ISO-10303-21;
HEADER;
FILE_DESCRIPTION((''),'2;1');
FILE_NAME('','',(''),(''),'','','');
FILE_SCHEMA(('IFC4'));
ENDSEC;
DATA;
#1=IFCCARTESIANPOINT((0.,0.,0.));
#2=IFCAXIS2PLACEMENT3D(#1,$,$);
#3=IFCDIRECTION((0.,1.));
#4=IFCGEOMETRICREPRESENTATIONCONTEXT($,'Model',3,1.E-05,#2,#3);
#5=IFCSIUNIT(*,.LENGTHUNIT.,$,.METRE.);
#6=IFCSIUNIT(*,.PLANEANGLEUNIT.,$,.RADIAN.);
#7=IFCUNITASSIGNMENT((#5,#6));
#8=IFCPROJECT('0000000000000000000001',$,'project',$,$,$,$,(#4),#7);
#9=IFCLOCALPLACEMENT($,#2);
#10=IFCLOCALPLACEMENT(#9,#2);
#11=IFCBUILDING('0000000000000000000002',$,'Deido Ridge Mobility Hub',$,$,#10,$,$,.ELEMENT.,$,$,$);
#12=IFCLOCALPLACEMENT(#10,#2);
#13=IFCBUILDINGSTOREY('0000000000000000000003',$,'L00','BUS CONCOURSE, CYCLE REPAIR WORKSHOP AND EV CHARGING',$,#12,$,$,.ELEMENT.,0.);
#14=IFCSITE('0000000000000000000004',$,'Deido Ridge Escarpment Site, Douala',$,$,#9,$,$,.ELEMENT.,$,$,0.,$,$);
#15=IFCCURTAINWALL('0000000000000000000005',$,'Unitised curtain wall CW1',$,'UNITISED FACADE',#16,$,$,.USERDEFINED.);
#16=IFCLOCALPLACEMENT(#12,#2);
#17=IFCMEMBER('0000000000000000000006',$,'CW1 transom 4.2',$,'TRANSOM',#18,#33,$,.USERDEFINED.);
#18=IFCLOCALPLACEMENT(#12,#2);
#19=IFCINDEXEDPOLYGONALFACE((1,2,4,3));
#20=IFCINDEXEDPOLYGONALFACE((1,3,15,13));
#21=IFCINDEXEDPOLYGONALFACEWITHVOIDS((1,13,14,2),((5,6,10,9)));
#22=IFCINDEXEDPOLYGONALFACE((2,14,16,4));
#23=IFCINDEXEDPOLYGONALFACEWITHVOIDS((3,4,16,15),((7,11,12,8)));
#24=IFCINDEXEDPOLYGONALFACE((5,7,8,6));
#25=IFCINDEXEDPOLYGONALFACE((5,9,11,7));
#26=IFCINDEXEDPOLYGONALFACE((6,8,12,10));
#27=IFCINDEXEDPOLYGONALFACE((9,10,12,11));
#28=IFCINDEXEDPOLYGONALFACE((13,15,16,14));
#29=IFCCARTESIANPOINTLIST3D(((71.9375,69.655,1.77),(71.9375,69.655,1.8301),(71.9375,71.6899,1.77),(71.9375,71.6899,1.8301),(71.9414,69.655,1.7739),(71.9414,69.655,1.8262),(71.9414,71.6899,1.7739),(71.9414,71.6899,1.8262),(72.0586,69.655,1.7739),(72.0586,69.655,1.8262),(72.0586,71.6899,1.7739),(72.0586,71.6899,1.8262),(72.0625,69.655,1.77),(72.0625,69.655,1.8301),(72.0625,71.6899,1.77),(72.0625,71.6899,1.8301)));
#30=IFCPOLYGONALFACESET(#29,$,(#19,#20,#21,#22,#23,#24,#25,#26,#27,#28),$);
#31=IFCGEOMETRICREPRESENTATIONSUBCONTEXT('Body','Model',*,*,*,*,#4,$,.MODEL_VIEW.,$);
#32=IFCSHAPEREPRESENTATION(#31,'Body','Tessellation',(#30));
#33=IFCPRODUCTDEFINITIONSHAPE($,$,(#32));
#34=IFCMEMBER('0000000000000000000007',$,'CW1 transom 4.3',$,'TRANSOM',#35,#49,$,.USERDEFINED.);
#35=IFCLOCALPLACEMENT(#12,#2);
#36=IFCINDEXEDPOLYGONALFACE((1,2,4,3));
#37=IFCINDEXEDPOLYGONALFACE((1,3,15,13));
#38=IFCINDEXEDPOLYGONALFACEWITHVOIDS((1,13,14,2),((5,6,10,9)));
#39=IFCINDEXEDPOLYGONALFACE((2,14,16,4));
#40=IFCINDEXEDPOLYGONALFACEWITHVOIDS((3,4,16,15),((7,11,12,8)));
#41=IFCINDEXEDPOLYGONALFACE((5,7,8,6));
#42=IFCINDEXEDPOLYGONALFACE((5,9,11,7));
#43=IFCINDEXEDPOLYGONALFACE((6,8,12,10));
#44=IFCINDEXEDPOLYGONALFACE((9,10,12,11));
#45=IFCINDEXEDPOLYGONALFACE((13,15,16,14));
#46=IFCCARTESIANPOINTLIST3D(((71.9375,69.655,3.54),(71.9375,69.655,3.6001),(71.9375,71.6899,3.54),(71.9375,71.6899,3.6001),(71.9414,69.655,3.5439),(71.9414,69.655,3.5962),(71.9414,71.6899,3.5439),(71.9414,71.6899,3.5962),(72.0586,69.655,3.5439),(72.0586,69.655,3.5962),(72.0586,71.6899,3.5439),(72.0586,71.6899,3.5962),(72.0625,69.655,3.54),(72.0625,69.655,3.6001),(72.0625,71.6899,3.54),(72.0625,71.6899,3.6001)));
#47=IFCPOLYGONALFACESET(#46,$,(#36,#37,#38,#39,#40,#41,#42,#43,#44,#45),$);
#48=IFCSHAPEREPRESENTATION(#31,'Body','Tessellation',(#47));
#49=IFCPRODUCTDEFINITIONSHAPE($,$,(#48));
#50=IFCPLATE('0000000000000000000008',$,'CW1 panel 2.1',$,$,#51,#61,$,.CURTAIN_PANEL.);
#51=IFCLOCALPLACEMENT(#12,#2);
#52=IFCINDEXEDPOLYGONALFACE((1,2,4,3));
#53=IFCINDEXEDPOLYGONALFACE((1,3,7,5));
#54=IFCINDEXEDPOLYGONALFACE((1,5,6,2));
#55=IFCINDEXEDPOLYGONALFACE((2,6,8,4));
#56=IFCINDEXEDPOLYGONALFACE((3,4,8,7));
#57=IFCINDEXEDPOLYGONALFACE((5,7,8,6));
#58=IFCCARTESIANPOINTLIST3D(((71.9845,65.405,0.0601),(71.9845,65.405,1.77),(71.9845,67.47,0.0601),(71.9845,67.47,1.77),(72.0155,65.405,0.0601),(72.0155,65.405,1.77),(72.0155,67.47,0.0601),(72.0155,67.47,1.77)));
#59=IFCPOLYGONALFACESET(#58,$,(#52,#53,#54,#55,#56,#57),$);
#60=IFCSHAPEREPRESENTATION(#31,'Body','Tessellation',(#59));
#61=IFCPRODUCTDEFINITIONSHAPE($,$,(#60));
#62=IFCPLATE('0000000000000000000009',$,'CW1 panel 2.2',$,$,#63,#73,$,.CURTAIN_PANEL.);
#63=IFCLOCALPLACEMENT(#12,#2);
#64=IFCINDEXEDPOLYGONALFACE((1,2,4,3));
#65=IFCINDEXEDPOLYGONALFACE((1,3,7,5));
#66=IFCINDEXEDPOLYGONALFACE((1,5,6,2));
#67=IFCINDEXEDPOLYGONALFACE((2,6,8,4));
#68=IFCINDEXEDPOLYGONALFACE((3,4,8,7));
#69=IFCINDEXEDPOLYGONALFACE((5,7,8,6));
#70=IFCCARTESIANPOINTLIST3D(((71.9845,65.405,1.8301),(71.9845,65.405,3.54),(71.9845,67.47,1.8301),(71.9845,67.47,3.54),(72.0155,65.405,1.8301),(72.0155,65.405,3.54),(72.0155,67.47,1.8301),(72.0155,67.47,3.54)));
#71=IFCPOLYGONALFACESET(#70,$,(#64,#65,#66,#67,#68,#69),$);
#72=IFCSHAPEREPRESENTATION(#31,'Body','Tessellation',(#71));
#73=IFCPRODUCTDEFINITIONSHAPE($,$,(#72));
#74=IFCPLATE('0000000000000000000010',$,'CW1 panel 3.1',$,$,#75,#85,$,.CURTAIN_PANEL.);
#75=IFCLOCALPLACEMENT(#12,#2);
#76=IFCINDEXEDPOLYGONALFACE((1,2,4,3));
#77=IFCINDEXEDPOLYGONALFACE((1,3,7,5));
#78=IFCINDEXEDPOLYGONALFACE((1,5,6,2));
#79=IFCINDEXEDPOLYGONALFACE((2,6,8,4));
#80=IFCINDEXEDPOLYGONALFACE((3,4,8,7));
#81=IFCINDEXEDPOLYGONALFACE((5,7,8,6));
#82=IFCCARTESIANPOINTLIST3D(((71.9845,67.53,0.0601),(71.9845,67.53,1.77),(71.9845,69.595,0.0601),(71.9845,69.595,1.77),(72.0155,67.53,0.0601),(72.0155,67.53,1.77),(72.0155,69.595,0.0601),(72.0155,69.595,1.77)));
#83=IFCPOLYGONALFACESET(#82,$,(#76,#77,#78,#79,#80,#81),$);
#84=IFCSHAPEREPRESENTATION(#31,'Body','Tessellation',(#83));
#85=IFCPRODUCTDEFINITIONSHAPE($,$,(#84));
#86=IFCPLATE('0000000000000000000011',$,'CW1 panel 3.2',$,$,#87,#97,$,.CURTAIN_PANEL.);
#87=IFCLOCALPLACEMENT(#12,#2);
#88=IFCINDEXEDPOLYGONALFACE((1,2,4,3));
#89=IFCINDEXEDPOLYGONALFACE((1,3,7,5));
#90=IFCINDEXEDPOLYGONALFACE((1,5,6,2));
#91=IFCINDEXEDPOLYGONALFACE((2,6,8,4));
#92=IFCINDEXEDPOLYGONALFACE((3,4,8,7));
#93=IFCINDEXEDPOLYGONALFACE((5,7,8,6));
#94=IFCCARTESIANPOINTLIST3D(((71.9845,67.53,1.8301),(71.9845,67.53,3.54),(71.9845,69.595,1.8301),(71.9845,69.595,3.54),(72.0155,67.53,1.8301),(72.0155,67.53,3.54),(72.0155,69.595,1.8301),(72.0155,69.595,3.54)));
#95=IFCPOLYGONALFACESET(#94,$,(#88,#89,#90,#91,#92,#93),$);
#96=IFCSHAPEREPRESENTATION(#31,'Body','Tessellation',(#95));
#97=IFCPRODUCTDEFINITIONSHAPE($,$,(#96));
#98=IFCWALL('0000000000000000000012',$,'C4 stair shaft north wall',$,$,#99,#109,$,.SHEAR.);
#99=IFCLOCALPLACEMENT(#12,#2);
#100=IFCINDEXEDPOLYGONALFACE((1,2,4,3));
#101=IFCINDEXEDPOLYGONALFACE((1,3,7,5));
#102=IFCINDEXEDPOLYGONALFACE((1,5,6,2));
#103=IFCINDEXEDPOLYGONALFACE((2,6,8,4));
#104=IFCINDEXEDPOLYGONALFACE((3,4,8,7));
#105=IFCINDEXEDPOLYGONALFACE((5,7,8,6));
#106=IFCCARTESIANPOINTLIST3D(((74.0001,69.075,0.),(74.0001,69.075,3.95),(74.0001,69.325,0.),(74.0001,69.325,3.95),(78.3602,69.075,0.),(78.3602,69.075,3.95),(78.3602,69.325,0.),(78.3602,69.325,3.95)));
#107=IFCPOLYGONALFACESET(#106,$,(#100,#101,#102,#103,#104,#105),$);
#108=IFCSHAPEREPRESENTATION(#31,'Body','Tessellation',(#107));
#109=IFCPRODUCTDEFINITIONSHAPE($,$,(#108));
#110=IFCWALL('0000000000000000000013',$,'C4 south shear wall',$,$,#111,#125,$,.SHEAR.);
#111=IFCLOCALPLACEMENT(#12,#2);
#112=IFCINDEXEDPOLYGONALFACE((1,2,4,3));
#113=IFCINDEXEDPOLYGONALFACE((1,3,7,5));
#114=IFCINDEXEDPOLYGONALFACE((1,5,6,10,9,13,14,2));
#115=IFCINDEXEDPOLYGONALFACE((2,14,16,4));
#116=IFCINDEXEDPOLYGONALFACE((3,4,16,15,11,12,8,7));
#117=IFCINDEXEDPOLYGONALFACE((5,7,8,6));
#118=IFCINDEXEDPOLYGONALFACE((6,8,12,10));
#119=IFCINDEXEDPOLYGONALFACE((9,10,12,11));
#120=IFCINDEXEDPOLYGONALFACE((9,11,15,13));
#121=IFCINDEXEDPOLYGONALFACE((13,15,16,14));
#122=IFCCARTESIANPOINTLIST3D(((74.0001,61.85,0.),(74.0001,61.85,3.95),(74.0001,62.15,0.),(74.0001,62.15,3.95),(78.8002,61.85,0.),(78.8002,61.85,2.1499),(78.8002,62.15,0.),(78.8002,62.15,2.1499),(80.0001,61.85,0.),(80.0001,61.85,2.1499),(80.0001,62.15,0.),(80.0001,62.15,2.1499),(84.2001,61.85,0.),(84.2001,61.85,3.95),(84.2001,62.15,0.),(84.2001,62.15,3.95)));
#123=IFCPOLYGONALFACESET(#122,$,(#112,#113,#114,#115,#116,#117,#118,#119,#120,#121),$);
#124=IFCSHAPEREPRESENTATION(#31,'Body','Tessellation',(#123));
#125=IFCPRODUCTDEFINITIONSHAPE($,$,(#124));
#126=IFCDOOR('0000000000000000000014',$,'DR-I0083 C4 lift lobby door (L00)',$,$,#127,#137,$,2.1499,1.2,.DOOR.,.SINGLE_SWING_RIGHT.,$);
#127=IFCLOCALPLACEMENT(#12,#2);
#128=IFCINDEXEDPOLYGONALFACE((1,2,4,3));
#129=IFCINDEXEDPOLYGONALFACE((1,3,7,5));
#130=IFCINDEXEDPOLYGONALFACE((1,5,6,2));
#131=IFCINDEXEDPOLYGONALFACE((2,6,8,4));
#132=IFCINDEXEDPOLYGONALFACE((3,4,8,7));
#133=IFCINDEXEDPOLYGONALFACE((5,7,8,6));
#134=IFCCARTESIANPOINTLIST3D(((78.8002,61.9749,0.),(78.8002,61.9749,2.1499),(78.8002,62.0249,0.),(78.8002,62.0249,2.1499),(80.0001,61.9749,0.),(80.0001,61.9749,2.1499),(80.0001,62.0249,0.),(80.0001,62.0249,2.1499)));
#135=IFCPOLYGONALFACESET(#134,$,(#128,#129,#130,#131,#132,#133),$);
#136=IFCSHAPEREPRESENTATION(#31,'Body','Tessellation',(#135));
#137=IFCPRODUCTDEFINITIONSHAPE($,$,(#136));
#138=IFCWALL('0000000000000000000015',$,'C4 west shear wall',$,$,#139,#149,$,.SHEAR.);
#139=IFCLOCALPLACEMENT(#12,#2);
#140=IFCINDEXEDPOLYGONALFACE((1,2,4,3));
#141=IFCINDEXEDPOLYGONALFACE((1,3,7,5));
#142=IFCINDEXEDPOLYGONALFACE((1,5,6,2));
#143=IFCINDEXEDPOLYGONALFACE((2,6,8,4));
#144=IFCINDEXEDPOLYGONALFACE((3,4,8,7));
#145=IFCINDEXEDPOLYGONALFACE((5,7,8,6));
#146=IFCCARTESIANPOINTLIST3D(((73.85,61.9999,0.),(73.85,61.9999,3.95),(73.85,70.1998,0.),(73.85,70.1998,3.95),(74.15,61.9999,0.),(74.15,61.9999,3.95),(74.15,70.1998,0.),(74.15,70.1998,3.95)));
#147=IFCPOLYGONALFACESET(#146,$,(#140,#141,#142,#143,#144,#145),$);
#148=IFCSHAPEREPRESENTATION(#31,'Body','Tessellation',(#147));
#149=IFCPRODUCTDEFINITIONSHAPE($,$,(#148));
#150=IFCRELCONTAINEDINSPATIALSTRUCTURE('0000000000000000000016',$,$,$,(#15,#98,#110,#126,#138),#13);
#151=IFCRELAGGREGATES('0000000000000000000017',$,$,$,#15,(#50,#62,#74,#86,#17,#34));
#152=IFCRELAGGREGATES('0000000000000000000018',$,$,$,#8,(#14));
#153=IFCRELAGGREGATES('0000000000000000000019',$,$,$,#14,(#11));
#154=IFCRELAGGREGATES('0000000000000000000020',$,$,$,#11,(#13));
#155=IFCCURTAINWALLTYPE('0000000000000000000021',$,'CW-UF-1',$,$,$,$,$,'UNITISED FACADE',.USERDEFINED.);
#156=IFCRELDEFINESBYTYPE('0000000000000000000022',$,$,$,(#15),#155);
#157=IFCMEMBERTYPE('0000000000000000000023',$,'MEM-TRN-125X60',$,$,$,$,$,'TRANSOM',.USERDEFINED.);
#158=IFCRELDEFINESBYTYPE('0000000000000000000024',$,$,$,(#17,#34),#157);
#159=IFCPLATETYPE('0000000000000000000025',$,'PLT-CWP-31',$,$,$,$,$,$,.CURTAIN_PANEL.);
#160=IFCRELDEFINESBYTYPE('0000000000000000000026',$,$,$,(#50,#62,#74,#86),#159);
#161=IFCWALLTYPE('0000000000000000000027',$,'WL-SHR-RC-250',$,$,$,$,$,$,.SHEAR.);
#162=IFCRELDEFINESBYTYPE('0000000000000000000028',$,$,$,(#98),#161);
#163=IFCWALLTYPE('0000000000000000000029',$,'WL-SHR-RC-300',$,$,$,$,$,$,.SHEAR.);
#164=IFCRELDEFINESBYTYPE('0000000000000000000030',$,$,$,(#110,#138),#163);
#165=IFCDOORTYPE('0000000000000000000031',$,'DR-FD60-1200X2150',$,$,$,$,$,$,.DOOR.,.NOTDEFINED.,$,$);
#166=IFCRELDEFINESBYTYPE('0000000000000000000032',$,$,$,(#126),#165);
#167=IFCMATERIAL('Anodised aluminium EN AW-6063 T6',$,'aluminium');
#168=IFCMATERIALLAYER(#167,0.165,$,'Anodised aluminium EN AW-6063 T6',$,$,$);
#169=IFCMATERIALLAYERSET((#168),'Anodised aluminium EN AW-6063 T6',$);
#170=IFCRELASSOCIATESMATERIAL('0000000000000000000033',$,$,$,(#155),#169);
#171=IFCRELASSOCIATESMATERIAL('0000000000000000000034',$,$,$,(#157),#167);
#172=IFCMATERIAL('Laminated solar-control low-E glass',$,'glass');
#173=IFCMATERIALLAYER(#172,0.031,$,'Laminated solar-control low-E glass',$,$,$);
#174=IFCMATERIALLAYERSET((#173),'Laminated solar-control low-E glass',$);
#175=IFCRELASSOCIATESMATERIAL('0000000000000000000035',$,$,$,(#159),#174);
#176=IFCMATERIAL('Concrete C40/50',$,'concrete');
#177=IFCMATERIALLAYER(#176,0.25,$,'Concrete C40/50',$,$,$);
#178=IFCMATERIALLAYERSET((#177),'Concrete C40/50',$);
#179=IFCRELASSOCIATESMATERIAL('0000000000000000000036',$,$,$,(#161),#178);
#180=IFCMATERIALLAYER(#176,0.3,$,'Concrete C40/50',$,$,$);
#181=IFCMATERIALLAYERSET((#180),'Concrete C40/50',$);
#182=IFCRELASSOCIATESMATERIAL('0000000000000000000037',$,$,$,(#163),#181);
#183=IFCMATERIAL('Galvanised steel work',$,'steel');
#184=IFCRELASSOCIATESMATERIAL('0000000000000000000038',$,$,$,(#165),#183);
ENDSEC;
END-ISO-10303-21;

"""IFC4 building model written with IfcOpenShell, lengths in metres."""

from ifc_helpers import new_model, si_unit, direction, frame, frame_2d, origin, origin_2d, place, context, subcontext, project, spatial, rectangle, hollow_rectangle, extrude, material, layer, layer_set, material_profile, profile_set, type_object, element, fill, aggregate, save


model = new_model("IFC4")

# Units and contexts
model_context = context("Model", 3, precision=1e-05, world=origin(), true_north=direction((0.0, 1.0)))
body_context = subcontext(model_context, "Body", "Model", "MODEL_VIEW")
ifc_project = project(units=[si_unit("LENGTHUNIT", "METRE"), si_unit("PLANEANGLEUNIT", "RADIAN")], contexts=[model_context])

# Site, building, storey
site_placement = place(None, origin())
site = spatial("IfcSite", under=ifc_project, at=site_placement, Name="Deido Ridge Escarpment Site, Douala", CompositionType="ELEMENT", RefElevation=0.0)
building_placement = place(site_placement, origin())
building = spatial("IfcBuilding", under=site, at=building_placement, Name="Deido Ridge Mobility Hub", CompositionType="ELEMENT")
storey_placement = place(building_placement, origin())
storey = spatial("IfcBuildingStorey", under=building, at=storey_placement, Name="L00", Description="BUS CONCOURSE, CYCLE REPAIR WORKSHOP AND EV CHARGING", CompositionType="ELEMENT", Elevation=0.0)

# Curtain wall, members, plates
ifc_material_1 = material(Name="Anodised aluminium EN AW-6063 T6", Category="aluminium")
ifc_layer_1 = layer(ifc_material_1, 0.165, Name="Anodised aluminium EN AW-6063 T6")
ifc_layer_set_1 = layer_set([ifc_layer_1], Name="Anodised aluminium EN AW-6063 T6")
curtain_wall_type = type_object("IfcCurtainWallType", Name="CW-UF-1", ElementType="UNITISED FACADE", PredefinedType="USERDEFINED", material=ifc_layer_set_1)
curtain_wall_placement = place(storey_placement, origin())
curtain_wall = element("IfcCurtainWall", 1, at=curtain_wall_placement, inside=storey, type_object=curtain_wall_type, Name="Unitised curtain wall CW1", ObjectType="UNITISED FACADE", PredefinedType="USERDEFINED")
ifc_material_profile_1 = material_profile(ifc_material_1, hollow_rectangle(XDim=0.125, YDim=0.0601, WallThickness=0.0039, at=origin_2d()), Name="RHS 125x60x4")
ifc_profile_set_1 = profile_set([ifc_material_profile_1], Name="Anodised aluminium EN AW-6063 T6")
member_type_1 = type_object("IfcMemberType", Name="MEM-TRN-125X60", ElementType="TRANSOM", PredefinedType="USERDEFINED", material=ifc_profile_set_1)
member_1_placement = place(storey_placement, frame((72.0, 69.655, 1.8), z_axis=(0.0, 1.0, 0.0), x_axis=(-1.0, 0.0, 0.0)))
member_1 = element("IfcMember", 2, at=member_1_placement, type_object=member_type_1, Name="CW1 transom 4.2", ObjectType="TRANSOM", PredefinedType="USERDEFINED", context=body_context, shape_type="SweptSolid", body=[
    extrude(hollow_rectangle(XDim=0.125, YDim=0.0601, WallThickness=0.0039, at=origin_2d()), origin(), (0.0, 0.0, 1.0), 2.0349),
])
member_2_placement = place(storey_placement, frame((72.0, 69.655, 3.5701), z_axis=(0.0, 1.0, 0.0), x_axis=(-1.0, 0.0, 0.0)))
member_2 = element("IfcMember", 3, at=member_2_placement, type_object=member_type_1, Name="CW1 transom 4.3", ObjectType="TRANSOM", PredefinedType="USERDEFINED", context=body_context, shape_type="SweptSolid", body=[
    extrude(hollow_rectangle(XDim=0.125, YDim=0.0601, WallThickness=0.0039, at=origin_2d()), origin(), (0.0, 0.0, 1.0), 2.0349),
])
ifc_material_2 = material(Name="Laminated solar-control low-E glass", Category="glass")
ifc_layer_2 = layer(ifc_material_2, 0.031, Name="Laminated solar-control low-E glass")
ifc_layer_set_2 = layer_set([ifc_layer_2], Name="Laminated solar-control low-E glass")
plate_type = type_object("IfcPlateType", Name="PLT-CWP-31", PredefinedType="CURTAIN_PANEL", material=ifc_layer_set_2)
plate_1_placement = place(storey_placement, frame((72.0, 66.4375, 0.0601), z_axis=(0.0, 0.0, 1.0), x_axis=(0.0, 1.0, 0.0)))
plate_1 = element("IfcPlate", 4, at=plate_1_placement, type_object=plate_type, Name="CW1 panel 2.1", PredefinedType="CURTAIN_PANEL", context=body_context, shape_type="SweptSolid", body=[
    extrude(rectangle(XDim=2.0649, YDim=0.031, at=origin_2d()), origin(), (0.0, 0.0, 1.0), 1.71),
])
plate_2_placement = place(storey_placement, frame((72.0, 66.4375, 1.8301), z_axis=(0.0, 0.0, 1.0), x_axis=(0.0, 1.0, 0.0)))
plate_2 = element("IfcPlate", 5, at=plate_2_placement, type_object=plate_type, Name="CW1 panel 2.2", PredefinedType="CURTAIN_PANEL", context=body_context, shape_type="SweptSolid", body=[
    extrude(rectangle(XDim=2.0649, YDim=0.031, at=origin_2d()), origin(), (0.0, 0.0, 1.0), 1.71),
])
plate_3_placement = place(storey_placement, frame((72.0, 68.5625, 0.0601), z_axis=(0.0, 0.0, 1.0), x_axis=(0.0, 1.0, 0.0)))
plate_3 = element("IfcPlate", 6, at=plate_3_placement, type_object=plate_type, Name="CW1 panel 3.1", PredefinedType="CURTAIN_PANEL", context=body_context, shape_type="SweptSolid", body=[
    extrude(rectangle(XDim=2.0649, YDim=0.031, at=origin_2d()), origin(), (0.0, 0.0, 1.0), 1.71),
])
plate_4_placement = place(storey_placement, frame((72.0, 68.5625, 1.8301), z_axis=(0.0, 0.0, 1.0), x_axis=(0.0, 1.0, 0.0)))
plate_4 = element("IfcPlate", 7, at=plate_4_placement, type_object=plate_type, Name="CW1 panel 3.2", PredefinedType="CURTAIN_PANEL", context=body_context, shape_type="SweptSolid", body=[
    extrude(rectangle(XDim=2.0649, YDim=0.031, at=origin_2d()), origin(), (0.0, 0.0, 1.0), 1.71),
])
aggregate(curtain_wall, [plate_1, plate_2, plate_3, plate_4, member_1, member_2])

# Wall
ifc_material_3 = material(Name="Concrete C40/50", Category="concrete")
ifc_layer_3 = layer(ifc_material_3, 0.25, Name="Concrete C40/50")
ifc_layer_set_3 = layer_set([ifc_layer_3], Name="Concrete C40/50")
wall_type_1 = type_object("IfcWallType", Name="WL-SHR-RC-250", PredefinedType="SHEAR", material=ifc_layer_set_3)
wall_1_placement = place(storey_placement, frame((74.0, 69.2, 0.0), z_axis=(0.0, 0.0, 1.0), x_axis=(1.0, 0.0, 0.0)))
element("IfcWall", 8, at=wall_1_placement, inside=storey, type_object=wall_type_1, Name="C4 stair shaft north wall", PredefinedType="SHEAR", context=body_context, shape_type="SweptSolid", body=[
    extrude(rectangle(XDim=4.3601, YDim=0.25, at=frame_2d((2.1802, 0.0))), origin(), (0.0, 0.0, 1.0), 3.95),
])

# Wall, opening, door
ifc_layer_4 = layer(ifc_material_3, 0.3, Name="Concrete C40/50")
ifc_layer_set_4 = layer_set([ifc_layer_4], Name="Concrete C40/50")
wall_type_2 = type_object("IfcWallType", Name="WL-SHR-RC-300", PredefinedType="SHEAR", material=ifc_layer_set_4)
wall_2_placement = place(storey_placement, frame((74.0, 62.0, 0.0), z_axis=(0.0, 0.0, 1.0), x_axis=(1.0, 0.0, 0.0)))
wall_2 = element("IfcWall", 9, at=wall_2_placement, inside=storey, type_object=wall_type_2, Name="C4 south shear wall", PredefinedType="SHEAR", context=body_context, shape_type="SweptSolid", body=[
    extrude(rectangle(XDim=10.2, YDim=0.3, at=frame_2d((5.1001, 0.0))), origin(), (0.0, 0.0, 1.0), 3.95),
])
opening_placement = place(wall_2_placement, frame((4.8, 0.0, 0.0)))
opening = element("IfcOpeningElement", 10, at=opening_placement, cuts=wall_2, PredefinedType="OPENING", context=body_context, shape_type="SweptSolid", body=[
    extrude(rectangle(XDim=1.2, YDim=2.1499, at=frame_2d((0.6001, 1.075))), frame((0.0, 0.1602, 0.0), z_axis=(0.0, -1.0, 0.0), x_axis=(1.0, 0.0, 0.0)), (0.0, 0.0, 1.0), 0.3201),
])
ifc_material_4 = material(Name="Galvanised steel work", Category="steel")
door_type = type_object("IfcDoorType", Name="DR-FD60-1200X2150", OperationType="NOTDEFINED", PredefinedType="DOOR", material=ifc_material_4)
door_placement = place(opening_placement, origin())
door = element("IfcDoor", 11, at=door_placement, inside=storey, type_object=door_type, Name="DR-I0083 C4 lift lobby door (L00)", OperationType="SINGLE_SWING_RIGHT", OverallHeight=2.1499, OverallWidth=1.2, PredefinedType="DOOR", context=body_context, shape_type="SweptSolid", body=[
    extrude(rectangle(XDim=1.2, YDim=2.1499, at=frame_2d((0.6001, 1.075))), frame((0.0, 0.0249, 0.0), z_axis=(0.0, -1.0, 0.0), x_axis=(1.0, 0.0, 0.0)), (0.0, 0.0, 1.0), 0.05),
])
fill(opening, door)

# Wall
wall_3_placement = place(storey_placement, frame((74.0, 70.2, 0.0), z_axis=(0.0, 0.0, 1.0), x_axis=(0.0, -1.0, 0.0)))
element("IfcWall", 12, at=wall_3_placement, inside=storey, type_object=wall_type_2, Name="C4 west shear wall", PredefinedType="SHEAR", context=body_context, shape_type="SweptSolid", body=[
    extrude(rectangle(XDim=8.2, YDim=0.3, at=frame_2d((4.1001, 0.0))), origin(), (0.0, 0.0, 1.0), 3.95),
])

save(model, "model.ifc")
